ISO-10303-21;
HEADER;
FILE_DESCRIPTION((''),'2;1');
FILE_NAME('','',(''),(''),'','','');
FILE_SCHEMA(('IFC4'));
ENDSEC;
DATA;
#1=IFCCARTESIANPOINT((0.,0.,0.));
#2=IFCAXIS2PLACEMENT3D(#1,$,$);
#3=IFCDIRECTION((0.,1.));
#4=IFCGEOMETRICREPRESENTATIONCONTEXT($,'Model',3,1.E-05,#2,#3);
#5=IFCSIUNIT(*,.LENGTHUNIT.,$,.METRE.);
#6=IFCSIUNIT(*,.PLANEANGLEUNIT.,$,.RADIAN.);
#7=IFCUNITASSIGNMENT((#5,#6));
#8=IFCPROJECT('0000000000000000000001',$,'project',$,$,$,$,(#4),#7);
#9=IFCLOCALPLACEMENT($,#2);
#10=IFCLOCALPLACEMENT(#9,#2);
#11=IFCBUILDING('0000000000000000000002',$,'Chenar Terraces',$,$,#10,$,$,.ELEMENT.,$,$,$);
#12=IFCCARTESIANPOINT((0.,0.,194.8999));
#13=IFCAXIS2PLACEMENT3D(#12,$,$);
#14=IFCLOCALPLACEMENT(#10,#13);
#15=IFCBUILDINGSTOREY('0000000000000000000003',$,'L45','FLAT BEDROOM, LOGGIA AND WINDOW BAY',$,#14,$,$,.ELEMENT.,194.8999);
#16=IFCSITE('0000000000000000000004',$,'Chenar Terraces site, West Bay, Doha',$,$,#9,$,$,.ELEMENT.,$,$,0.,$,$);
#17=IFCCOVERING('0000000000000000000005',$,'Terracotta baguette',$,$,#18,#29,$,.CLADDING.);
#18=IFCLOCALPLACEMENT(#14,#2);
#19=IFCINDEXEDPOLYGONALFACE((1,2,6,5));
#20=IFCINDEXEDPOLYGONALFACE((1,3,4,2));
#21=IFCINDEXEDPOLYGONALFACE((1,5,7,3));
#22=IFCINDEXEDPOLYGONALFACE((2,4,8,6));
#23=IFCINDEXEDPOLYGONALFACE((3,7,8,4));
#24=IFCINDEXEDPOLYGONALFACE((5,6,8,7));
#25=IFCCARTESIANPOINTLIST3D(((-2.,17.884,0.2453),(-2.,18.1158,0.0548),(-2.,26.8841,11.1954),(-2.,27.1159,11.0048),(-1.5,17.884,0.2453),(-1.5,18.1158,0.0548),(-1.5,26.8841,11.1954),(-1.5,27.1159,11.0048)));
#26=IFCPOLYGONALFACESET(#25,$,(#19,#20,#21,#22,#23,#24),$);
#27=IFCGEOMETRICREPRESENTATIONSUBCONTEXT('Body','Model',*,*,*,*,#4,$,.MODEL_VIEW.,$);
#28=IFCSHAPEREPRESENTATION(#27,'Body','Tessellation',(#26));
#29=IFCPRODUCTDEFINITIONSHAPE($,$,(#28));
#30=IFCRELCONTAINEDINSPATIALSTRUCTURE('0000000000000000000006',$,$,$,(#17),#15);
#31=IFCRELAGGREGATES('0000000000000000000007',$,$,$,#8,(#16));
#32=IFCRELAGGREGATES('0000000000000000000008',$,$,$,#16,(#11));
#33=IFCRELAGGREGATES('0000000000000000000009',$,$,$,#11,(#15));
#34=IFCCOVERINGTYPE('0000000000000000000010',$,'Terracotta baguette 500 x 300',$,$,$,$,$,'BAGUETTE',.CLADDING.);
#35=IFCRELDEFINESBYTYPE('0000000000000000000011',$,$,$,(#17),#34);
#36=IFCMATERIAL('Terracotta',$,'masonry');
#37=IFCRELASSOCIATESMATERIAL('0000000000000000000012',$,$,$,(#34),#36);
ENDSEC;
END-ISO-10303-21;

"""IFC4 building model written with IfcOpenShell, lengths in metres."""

from ifc_helpers import new_model, si_unit, direction, frame, origin, origin_2d, place, context, subcontext, project, spatial, rectangle, extrude, material, material_profile, profile_set, type_object, element, save


model = new_model("IFC4")

# Units and contexts
model_context = context("Model", 3, precision=1e-05, world=origin(), true_north=direction((0.0, 1.0)))
body_context = subcontext(model_context, "Body", "Model", "MODEL_VIEW")
ifc_project = project(units=[si_unit("LENGTHUNIT", "METRE"), si_unit("PLANEANGLEUNIT", "RADIAN")], contexts=[model_context])

# Site, building, storey
site_placement = place(None, origin())
site = spatial("IfcSite", under=ifc_project, at=site_placement, Name="Chenar Terraces site, West Bay, Doha", CompositionType="ELEMENT", RefElevation=0.0)
building_placement = place(site_placement, origin())
building = spatial("IfcBuilding", under=site, at=building_placement, Name="Chenar Terraces", CompositionType="ELEMENT")
storey_placement = place(building_placement, frame((0.0, 0.0, 194.8999)))
storey = spatial("IfcBuildingStorey", under=building, at=storey_placement, Name="L45", Description="FLAT BEDROOM, LOGGIA AND WINDOW BAY", CompositionType="ELEMENT", Elevation=194.8999)

# Covering
ifc_material_1 = material(Name="Terracotta", Category="masonry")
ifc_material_profile_1 = material_profile(ifc_material_1, rectangle(XDim=0.5, YDim=0.3, at=origin_2d()), Name="Terracotta baguette 500 x 300")
ifc_profile_set_1 = profile_set([ifc_material_profile_1], Name="Terracotta")
covering_type = type_object("IfcCoveringType", Name="Terracotta baguette 500 x 300", ElementType="BAGUETTE", PredefinedType="CLADDING", material=ifc_profile_set_1)
for number, where, z_axis, x_axis, name in (
    (1, (-1.75, 27.0, 11.1001), (0.0, -0.634967, -0.772539), (1.0, 0.0, 0.0), "Terracotta baguette"),
):
    element("IfcCovering", number, at=place(storey_placement, frame(where, z_axis=z_axis, x_axis=x_axis)), inside=storey, type_object=covering_type, Name=name, PredefinedType="CLADDING", context=body_context, shape_type="SweptSolid", body=[
        extrude(rectangle(XDim=0.5, YDim=0.3, at=origin_2d()), origin(), (0.0, 0.0, 1.0), 14.1741),
    ])

save(model, "model.ifc")
